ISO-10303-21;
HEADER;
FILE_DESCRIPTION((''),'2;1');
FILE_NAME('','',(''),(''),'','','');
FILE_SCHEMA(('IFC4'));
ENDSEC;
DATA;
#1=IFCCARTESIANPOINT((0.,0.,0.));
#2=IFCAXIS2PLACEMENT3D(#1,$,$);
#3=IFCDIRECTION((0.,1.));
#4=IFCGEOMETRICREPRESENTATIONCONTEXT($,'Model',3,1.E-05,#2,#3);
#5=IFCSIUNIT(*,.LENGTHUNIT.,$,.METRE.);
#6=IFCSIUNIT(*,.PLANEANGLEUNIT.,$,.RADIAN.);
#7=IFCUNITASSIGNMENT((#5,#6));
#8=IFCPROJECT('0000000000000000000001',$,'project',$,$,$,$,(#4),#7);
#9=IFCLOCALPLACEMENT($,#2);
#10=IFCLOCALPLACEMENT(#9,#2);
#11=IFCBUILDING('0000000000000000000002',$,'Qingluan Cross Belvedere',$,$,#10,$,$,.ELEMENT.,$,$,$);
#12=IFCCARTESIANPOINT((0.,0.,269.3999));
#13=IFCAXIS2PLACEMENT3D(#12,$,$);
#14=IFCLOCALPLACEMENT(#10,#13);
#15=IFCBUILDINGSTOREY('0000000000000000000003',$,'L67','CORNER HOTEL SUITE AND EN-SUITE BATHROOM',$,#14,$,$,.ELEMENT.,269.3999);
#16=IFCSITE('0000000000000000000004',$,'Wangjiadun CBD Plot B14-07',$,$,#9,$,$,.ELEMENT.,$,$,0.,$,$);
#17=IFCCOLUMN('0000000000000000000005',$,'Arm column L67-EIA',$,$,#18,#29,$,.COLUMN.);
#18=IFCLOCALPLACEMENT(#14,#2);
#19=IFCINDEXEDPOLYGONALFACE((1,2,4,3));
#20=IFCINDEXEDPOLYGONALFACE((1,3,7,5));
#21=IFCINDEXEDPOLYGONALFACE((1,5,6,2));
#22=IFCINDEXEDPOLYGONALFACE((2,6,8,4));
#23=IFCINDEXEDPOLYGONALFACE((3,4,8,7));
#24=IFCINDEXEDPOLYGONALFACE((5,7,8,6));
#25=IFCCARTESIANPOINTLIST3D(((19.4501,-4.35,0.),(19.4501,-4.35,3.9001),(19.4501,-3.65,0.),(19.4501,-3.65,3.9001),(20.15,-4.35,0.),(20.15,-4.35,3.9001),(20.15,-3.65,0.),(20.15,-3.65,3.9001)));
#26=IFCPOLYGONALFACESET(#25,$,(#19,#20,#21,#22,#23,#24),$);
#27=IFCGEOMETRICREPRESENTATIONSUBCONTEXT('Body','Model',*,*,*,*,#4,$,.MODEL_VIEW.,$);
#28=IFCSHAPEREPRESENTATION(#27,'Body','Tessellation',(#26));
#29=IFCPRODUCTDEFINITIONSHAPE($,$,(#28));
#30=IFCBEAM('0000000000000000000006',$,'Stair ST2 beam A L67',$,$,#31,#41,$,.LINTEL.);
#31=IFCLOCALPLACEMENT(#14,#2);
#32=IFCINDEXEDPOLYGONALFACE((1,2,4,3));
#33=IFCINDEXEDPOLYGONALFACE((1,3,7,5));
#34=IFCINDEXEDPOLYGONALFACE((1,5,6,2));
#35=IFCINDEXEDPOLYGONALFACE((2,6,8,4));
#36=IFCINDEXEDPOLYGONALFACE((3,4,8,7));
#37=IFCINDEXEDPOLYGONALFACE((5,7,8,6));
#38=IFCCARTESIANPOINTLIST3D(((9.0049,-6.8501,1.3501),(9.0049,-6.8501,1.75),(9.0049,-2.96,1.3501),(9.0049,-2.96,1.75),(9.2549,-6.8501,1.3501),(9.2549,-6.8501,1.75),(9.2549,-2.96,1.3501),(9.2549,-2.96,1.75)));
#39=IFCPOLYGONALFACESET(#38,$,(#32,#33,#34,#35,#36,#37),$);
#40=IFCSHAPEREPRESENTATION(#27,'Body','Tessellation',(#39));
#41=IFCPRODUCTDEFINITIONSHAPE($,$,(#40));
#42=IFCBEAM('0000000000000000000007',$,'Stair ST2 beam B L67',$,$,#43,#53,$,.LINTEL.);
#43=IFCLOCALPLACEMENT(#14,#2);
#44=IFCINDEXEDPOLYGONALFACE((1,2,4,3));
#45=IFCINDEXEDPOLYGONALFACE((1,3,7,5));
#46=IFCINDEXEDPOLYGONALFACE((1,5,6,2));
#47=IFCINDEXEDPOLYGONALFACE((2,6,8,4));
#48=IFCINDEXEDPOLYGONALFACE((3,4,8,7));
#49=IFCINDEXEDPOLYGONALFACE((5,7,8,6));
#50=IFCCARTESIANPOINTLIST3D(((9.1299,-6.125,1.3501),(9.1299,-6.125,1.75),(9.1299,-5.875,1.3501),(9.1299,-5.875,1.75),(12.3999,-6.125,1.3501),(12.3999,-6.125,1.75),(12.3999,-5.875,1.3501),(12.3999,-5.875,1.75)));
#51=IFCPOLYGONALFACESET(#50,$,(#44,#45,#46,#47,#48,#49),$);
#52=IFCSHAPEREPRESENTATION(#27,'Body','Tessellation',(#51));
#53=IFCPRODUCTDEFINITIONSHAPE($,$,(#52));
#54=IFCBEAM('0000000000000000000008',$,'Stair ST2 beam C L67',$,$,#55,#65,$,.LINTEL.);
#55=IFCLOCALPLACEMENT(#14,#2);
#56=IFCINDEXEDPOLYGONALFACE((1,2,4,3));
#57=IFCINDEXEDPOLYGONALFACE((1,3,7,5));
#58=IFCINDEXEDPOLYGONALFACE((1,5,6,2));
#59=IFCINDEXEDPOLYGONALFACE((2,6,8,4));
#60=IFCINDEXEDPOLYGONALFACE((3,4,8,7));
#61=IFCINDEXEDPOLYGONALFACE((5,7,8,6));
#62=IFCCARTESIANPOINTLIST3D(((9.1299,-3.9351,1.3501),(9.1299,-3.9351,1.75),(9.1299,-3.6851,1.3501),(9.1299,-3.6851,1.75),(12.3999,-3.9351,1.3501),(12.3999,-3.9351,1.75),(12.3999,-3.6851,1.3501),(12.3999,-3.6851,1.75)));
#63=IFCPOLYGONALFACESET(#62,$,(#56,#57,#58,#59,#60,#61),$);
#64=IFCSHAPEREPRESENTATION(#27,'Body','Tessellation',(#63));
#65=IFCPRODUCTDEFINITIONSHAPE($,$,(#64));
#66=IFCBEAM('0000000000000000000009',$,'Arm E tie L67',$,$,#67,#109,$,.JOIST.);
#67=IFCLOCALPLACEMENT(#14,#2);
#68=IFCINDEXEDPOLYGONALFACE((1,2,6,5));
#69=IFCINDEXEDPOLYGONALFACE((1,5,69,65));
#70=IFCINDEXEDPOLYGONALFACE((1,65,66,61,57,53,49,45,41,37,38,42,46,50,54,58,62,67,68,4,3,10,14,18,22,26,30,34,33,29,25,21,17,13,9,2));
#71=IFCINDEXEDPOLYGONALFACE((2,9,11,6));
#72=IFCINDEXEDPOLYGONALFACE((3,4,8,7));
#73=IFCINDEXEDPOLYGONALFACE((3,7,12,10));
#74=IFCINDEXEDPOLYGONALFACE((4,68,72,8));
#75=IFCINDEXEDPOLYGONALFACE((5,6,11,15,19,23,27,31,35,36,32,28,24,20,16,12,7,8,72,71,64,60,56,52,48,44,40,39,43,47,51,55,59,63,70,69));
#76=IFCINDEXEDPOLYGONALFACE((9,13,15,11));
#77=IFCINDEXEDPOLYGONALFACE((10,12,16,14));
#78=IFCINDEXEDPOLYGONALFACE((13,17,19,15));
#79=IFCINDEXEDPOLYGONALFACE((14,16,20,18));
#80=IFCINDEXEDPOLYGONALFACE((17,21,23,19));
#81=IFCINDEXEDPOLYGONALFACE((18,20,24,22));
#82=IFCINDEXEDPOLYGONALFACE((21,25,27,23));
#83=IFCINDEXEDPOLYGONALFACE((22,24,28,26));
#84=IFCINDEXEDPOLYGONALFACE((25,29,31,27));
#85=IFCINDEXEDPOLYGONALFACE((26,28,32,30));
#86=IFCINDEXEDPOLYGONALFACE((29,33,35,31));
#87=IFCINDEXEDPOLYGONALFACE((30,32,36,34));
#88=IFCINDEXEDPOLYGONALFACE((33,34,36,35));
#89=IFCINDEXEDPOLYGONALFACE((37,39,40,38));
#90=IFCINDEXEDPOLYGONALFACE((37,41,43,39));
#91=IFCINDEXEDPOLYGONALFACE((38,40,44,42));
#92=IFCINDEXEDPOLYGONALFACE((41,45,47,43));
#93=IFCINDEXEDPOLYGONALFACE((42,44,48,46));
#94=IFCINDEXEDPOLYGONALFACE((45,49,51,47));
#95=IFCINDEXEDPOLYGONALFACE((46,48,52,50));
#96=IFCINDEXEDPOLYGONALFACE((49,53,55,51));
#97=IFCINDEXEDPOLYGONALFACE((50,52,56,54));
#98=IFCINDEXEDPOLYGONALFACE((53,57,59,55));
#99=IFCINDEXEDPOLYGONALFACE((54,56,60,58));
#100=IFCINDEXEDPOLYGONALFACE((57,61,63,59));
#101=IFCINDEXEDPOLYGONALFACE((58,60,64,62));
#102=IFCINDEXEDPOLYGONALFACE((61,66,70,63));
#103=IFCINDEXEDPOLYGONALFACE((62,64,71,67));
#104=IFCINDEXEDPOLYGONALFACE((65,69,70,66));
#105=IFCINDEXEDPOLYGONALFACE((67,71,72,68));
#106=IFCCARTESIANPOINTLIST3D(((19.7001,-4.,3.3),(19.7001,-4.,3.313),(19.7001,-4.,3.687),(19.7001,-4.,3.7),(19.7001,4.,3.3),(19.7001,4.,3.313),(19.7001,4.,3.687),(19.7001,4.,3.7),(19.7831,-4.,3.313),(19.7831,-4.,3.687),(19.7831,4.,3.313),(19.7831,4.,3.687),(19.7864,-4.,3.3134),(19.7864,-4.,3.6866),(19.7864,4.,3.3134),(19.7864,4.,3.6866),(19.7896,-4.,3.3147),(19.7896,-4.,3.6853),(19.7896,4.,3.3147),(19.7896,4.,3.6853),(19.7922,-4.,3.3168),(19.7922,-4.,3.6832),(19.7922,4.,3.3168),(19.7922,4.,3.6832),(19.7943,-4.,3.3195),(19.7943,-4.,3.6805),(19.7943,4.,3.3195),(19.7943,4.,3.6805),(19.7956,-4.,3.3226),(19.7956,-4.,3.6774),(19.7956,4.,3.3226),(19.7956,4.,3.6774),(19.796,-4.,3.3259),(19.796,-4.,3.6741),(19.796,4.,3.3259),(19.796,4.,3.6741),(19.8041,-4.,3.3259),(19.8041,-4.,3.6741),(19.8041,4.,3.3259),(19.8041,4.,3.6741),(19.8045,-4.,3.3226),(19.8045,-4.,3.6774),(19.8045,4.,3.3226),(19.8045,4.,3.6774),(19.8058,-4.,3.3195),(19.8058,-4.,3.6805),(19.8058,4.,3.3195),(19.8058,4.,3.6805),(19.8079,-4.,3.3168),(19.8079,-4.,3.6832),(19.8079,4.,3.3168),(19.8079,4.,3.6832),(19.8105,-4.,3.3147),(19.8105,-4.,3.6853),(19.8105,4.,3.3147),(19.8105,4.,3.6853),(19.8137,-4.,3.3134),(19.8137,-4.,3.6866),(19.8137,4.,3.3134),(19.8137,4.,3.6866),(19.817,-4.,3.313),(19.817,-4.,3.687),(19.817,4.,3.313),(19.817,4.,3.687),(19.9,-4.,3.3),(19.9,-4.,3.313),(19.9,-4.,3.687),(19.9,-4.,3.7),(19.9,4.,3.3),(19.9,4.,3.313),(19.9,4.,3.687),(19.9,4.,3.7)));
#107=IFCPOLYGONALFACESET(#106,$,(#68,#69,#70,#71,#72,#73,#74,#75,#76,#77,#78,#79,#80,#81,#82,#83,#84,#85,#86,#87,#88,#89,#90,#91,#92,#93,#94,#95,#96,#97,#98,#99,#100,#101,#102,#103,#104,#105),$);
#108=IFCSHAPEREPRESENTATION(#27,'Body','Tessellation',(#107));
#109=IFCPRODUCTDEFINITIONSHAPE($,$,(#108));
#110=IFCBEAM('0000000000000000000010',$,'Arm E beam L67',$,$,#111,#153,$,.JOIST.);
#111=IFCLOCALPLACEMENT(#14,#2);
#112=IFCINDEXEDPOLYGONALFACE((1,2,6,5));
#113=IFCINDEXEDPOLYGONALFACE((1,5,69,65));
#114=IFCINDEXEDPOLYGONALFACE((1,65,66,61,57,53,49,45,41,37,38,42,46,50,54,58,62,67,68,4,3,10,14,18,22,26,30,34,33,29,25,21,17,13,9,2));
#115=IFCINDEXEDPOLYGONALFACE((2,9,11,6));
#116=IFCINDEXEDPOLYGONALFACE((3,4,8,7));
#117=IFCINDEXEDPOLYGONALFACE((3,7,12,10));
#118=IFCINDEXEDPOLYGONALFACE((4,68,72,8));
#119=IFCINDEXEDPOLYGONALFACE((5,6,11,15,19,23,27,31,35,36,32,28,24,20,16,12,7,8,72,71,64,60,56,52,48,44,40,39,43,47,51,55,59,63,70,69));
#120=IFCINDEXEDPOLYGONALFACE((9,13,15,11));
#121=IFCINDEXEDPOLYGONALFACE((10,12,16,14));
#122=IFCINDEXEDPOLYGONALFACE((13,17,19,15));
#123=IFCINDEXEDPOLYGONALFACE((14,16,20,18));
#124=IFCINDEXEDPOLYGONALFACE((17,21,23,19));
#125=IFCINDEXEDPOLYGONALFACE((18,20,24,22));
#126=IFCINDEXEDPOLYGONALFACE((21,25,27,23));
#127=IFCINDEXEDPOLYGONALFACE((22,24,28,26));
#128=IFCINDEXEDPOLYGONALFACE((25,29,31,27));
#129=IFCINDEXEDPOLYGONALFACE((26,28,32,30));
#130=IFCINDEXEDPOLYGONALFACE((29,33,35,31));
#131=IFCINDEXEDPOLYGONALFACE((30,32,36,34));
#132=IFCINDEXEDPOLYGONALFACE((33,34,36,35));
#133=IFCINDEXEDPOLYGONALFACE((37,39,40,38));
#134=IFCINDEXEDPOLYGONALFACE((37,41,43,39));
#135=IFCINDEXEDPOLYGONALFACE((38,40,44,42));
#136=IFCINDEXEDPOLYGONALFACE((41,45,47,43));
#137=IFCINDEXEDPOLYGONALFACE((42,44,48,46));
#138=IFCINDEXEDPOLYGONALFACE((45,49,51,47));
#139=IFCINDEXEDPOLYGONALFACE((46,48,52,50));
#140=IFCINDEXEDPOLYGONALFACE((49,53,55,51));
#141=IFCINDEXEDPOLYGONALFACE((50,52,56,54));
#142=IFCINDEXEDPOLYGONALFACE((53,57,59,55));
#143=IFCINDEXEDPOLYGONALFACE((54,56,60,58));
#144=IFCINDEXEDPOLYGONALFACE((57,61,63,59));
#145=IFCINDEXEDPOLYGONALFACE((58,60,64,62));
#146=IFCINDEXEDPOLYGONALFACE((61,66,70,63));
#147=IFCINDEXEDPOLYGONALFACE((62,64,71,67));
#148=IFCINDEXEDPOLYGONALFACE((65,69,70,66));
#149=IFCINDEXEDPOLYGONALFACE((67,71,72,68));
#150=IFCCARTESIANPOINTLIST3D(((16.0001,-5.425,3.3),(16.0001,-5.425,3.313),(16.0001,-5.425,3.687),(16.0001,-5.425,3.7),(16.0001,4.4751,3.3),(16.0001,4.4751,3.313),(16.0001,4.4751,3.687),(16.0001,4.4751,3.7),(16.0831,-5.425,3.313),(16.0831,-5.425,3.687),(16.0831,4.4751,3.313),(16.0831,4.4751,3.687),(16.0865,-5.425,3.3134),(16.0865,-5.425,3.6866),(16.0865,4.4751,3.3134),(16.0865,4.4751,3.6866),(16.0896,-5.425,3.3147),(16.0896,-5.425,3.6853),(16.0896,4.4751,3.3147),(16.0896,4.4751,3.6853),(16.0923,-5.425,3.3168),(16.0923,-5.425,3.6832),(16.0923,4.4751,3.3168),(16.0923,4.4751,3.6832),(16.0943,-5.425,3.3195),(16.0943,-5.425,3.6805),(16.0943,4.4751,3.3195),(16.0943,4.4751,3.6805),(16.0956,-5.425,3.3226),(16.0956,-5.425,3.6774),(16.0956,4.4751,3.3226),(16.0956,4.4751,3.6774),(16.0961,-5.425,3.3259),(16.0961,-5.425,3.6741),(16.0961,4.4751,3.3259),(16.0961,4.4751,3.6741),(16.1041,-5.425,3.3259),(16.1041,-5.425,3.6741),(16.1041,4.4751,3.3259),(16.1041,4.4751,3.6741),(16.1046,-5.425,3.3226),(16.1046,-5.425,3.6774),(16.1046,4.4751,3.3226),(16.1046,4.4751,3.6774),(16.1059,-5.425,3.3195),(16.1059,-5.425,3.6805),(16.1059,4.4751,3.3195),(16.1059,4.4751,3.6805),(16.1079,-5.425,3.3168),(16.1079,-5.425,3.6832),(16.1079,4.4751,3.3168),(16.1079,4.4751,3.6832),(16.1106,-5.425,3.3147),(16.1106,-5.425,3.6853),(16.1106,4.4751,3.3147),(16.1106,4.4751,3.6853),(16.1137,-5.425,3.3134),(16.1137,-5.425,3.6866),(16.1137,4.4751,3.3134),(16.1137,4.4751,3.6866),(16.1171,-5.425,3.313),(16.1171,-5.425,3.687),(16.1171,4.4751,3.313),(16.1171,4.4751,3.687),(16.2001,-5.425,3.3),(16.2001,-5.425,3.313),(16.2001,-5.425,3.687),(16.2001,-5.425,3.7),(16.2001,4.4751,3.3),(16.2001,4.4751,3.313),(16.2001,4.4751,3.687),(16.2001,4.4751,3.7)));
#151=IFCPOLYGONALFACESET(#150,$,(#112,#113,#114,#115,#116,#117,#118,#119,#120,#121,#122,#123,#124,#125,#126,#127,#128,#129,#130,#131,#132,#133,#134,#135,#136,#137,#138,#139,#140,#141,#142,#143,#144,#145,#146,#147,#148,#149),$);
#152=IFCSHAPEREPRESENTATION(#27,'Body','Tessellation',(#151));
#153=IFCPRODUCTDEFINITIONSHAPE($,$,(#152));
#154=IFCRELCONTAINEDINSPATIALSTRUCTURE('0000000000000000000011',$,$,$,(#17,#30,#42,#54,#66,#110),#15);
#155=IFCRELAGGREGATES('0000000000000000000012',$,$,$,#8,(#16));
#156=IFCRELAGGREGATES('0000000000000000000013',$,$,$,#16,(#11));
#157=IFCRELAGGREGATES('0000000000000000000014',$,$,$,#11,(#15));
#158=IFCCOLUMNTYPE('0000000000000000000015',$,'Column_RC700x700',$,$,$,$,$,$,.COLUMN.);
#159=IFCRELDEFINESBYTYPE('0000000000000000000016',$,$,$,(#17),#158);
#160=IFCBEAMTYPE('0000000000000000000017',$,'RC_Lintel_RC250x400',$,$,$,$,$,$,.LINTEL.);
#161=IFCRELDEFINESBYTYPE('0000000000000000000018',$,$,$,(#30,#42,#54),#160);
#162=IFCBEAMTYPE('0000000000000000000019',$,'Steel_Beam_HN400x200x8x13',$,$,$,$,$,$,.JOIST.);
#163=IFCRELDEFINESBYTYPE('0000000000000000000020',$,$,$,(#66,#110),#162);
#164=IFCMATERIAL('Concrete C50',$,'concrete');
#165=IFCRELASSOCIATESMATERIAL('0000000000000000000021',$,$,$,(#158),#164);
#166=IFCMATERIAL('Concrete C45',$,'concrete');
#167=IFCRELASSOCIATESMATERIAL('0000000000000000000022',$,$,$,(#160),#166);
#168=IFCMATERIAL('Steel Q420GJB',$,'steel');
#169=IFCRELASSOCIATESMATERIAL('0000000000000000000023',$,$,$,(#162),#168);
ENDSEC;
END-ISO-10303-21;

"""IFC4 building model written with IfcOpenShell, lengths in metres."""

from ifc_helpers import new_model, si_unit, direction, frame, origin, origin_2d, place, context, subcontext, project, spatial, rectangle, i_section, extrude, material, material_profile, profile_set, type_object, element, save


model = new_model("IFC4")

# Units and contexts
model_context = context("Model", 3, precision=1e-05, world=origin(), true_north=direction((0.0, 1.0)))
body_context = subcontext(model_context, "Body", "Model", "MODEL_VIEW")
ifc_project = project(units=[si_unit("LENGTHUNIT", "METRE"), si_unit("PLANEANGLEUNIT", "RADIAN")], contexts=[model_context])

# Site, building, storey
site_placement = place(None, origin())
site = spatial("IfcSite", under=ifc_project, at=site_placement, Name="Wangjiadun CBD Plot B14-07", CompositionType="ELEMENT", RefElevation=0.0)
building_placement = place(site_placement, origin())
building = spatial("IfcBuilding", under=site, at=building_placement, Name="Qingluan Cross Belvedere", CompositionType="ELEMENT")
storey_placement = place(building_placement, frame((0.0, 0.0, 269.3999)))
storey = spatial("IfcBuildingStorey", under=building, at=storey_placement, Name="L67", Description="CORNER HOTEL SUITE AND EN-SUITE BATHROOM", CompositionType="ELEMENT", Elevation=269.3999)

# Column
ifc_material_1 = material(Name="Concrete C50", Category="concrete")
ifc_material_profile_1 = material_profile(ifc_material_1, rectangle(XDim=0.7, YDim=0.7, at=origin_2d()), Name="RC700x700")
ifc_profile_set_1 = profile_set([ifc_material_profile_1], Name="Concrete C50")
column_type = type_object("IfcColumnType", Name="Column_RC700x700", PredefinedType="COLUMN", material=ifc_profile_set_1)
column_placement = place(storey_placement, frame((19.8, -4.0, 0.0), z_axis=(0.0, 0.0, 1.0), x_axis=(1.0, 0.0, 0.0)))
element("IfcColumn", 1, at=column_placement, inside=storey, type_object=column_type, Name="Arm column L67-EIA", PredefinedType="COLUMN", context=body_context, shape_type="SweptSolid", body=[
    extrude(rectangle(XDim=0.7, YDim=0.7, at=origin_2d()), origin(), (0.0, 0.0, 1.0), 3.9001),
])

# Beams
ifc_material_2 = material(Name="Concrete C45", Category="concrete")
ifc_material_profile_2 = material_profile(ifc_material_2, rectangle(XDim=0.25, YDim=0.3999, at=origin_2d()), Name="RC250x400")
ifc_profile_set_2 = profile_set([ifc_material_profile_2], Name="Concrete C45")
beam_type_1 = type_object("IfcBeamType", Name="RC_Lintel_RC250x400", PredefinedType="LINTEL", material=ifc_profile_set_2)
beam_1_placement = place(storey_placement, frame((9.1299, -6.8501, 1.55), z_axis=(0.0, 1.0, 0.0), x_axis=(-1.0, 0.0, 0.0)))
element("IfcBeam", 2, at=beam_1_placement, inside=storey, type_object=beam_type_1, Name="Stair ST2 beam A L67", PredefinedType="LINTEL", context=body_context, shape_type="SweptSolid", body=[
    extrude(rectangle(XDim=0.25, YDim=0.3999, at=origin_2d()), origin(), (0.0, 0.0, 1.0), 3.8901),
])
for number, where, z_axis, x_axis, name in (
    (3, (12.3999, -6.0, 1.55), (-1.0, 0.0, 0.0), (0.0, -1.0, 0.0), "Stair ST2 beam B L67"),
    (4, (12.3999, -3.8101, 1.55), (-1.0, 0.0, 0.0), (0.0, -1.0, 0.0), "Stair ST2 beam C L67"),
):
    element("IfcBeam", number, at=place(storey_placement, frame(where, z_axis=z_axis, x_axis=x_axis)), inside=storey, type_object=beam_type_1, Name=name, PredefinedType="LINTEL", context=body_context, shape_type="SweptSolid", body=[
        extrude(rectangle(XDim=0.25, YDim=0.3999, at=origin_2d()), origin(), (0.0, 0.0, 1.0), 3.27),
    ])
ifc_material_3 = material(Name="Steel Q420GJB", Category="steel")
ifc_material_profile_3 = material_profile(ifc_material_3, i_section(OverallWidth=0.2, OverallDepth=0.3999, WebThickness=0.0081, FlangeThickness=0.0129, FilletRadius=0.0129, at=origin_2d()), Name="HN400x200x8x13")
ifc_profile_set_3 = profile_set([ifc_material_profile_3], Name="Steel Q420GJB")
beam_type_2 = type_object("IfcBeamType", Name="Steel_Beam_HN400x200x8x13", PredefinedType="JOIST", material=ifc_profile_set_3)
beam_2_placement = place(storey_placement, frame((19.8, -4.0, 3.5), z_axis=(0.0, 1.0, 0.0), x_axis=(-1.0, 0.0, 0.0)))
element("IfcBeam", 5, at=beam_2_placement, inside=storey, type_object=beam_type_2, Name="Arm E tie L67", PredefinedType="JOIST", context=body_context, shape_type="SweptSolid", body=[
    extrude(i_section(OverallWidth=0.2, OverallDepth=0.3999, WebThickness=0.0081, FlangeThickness=0.0129, FilletRadius=0.0129, at=origin_2d()), origin(), (0.0, 0.0, 1.0), 8.0),
])
beam_3_placement = place(storey_placement, frame((16.1001, -5.425, 3.5), z_axis=(0.0, 1.0, 0.0), x_axis=(-1.0, 0.0, 0.0)))
element("IfcBeam", 6, at=beam_3_placement, inside=storey, type_object=beam_type_2, Name="Arm E beam L67", PredefinedType="JOIST", context=body_context, shape_type="SweptSolid", body=[
    extrude(i_section(OverallWidth=0.2, OverallDepth=0.3999, WebThickness=0.0081, FlangeThickness=0.0129, FilletRadius=0.0129, at=origin_2d()), origin(), (0.0, 0.0, 1.0), 9.9001),
])

save(model, "model.ifc")
